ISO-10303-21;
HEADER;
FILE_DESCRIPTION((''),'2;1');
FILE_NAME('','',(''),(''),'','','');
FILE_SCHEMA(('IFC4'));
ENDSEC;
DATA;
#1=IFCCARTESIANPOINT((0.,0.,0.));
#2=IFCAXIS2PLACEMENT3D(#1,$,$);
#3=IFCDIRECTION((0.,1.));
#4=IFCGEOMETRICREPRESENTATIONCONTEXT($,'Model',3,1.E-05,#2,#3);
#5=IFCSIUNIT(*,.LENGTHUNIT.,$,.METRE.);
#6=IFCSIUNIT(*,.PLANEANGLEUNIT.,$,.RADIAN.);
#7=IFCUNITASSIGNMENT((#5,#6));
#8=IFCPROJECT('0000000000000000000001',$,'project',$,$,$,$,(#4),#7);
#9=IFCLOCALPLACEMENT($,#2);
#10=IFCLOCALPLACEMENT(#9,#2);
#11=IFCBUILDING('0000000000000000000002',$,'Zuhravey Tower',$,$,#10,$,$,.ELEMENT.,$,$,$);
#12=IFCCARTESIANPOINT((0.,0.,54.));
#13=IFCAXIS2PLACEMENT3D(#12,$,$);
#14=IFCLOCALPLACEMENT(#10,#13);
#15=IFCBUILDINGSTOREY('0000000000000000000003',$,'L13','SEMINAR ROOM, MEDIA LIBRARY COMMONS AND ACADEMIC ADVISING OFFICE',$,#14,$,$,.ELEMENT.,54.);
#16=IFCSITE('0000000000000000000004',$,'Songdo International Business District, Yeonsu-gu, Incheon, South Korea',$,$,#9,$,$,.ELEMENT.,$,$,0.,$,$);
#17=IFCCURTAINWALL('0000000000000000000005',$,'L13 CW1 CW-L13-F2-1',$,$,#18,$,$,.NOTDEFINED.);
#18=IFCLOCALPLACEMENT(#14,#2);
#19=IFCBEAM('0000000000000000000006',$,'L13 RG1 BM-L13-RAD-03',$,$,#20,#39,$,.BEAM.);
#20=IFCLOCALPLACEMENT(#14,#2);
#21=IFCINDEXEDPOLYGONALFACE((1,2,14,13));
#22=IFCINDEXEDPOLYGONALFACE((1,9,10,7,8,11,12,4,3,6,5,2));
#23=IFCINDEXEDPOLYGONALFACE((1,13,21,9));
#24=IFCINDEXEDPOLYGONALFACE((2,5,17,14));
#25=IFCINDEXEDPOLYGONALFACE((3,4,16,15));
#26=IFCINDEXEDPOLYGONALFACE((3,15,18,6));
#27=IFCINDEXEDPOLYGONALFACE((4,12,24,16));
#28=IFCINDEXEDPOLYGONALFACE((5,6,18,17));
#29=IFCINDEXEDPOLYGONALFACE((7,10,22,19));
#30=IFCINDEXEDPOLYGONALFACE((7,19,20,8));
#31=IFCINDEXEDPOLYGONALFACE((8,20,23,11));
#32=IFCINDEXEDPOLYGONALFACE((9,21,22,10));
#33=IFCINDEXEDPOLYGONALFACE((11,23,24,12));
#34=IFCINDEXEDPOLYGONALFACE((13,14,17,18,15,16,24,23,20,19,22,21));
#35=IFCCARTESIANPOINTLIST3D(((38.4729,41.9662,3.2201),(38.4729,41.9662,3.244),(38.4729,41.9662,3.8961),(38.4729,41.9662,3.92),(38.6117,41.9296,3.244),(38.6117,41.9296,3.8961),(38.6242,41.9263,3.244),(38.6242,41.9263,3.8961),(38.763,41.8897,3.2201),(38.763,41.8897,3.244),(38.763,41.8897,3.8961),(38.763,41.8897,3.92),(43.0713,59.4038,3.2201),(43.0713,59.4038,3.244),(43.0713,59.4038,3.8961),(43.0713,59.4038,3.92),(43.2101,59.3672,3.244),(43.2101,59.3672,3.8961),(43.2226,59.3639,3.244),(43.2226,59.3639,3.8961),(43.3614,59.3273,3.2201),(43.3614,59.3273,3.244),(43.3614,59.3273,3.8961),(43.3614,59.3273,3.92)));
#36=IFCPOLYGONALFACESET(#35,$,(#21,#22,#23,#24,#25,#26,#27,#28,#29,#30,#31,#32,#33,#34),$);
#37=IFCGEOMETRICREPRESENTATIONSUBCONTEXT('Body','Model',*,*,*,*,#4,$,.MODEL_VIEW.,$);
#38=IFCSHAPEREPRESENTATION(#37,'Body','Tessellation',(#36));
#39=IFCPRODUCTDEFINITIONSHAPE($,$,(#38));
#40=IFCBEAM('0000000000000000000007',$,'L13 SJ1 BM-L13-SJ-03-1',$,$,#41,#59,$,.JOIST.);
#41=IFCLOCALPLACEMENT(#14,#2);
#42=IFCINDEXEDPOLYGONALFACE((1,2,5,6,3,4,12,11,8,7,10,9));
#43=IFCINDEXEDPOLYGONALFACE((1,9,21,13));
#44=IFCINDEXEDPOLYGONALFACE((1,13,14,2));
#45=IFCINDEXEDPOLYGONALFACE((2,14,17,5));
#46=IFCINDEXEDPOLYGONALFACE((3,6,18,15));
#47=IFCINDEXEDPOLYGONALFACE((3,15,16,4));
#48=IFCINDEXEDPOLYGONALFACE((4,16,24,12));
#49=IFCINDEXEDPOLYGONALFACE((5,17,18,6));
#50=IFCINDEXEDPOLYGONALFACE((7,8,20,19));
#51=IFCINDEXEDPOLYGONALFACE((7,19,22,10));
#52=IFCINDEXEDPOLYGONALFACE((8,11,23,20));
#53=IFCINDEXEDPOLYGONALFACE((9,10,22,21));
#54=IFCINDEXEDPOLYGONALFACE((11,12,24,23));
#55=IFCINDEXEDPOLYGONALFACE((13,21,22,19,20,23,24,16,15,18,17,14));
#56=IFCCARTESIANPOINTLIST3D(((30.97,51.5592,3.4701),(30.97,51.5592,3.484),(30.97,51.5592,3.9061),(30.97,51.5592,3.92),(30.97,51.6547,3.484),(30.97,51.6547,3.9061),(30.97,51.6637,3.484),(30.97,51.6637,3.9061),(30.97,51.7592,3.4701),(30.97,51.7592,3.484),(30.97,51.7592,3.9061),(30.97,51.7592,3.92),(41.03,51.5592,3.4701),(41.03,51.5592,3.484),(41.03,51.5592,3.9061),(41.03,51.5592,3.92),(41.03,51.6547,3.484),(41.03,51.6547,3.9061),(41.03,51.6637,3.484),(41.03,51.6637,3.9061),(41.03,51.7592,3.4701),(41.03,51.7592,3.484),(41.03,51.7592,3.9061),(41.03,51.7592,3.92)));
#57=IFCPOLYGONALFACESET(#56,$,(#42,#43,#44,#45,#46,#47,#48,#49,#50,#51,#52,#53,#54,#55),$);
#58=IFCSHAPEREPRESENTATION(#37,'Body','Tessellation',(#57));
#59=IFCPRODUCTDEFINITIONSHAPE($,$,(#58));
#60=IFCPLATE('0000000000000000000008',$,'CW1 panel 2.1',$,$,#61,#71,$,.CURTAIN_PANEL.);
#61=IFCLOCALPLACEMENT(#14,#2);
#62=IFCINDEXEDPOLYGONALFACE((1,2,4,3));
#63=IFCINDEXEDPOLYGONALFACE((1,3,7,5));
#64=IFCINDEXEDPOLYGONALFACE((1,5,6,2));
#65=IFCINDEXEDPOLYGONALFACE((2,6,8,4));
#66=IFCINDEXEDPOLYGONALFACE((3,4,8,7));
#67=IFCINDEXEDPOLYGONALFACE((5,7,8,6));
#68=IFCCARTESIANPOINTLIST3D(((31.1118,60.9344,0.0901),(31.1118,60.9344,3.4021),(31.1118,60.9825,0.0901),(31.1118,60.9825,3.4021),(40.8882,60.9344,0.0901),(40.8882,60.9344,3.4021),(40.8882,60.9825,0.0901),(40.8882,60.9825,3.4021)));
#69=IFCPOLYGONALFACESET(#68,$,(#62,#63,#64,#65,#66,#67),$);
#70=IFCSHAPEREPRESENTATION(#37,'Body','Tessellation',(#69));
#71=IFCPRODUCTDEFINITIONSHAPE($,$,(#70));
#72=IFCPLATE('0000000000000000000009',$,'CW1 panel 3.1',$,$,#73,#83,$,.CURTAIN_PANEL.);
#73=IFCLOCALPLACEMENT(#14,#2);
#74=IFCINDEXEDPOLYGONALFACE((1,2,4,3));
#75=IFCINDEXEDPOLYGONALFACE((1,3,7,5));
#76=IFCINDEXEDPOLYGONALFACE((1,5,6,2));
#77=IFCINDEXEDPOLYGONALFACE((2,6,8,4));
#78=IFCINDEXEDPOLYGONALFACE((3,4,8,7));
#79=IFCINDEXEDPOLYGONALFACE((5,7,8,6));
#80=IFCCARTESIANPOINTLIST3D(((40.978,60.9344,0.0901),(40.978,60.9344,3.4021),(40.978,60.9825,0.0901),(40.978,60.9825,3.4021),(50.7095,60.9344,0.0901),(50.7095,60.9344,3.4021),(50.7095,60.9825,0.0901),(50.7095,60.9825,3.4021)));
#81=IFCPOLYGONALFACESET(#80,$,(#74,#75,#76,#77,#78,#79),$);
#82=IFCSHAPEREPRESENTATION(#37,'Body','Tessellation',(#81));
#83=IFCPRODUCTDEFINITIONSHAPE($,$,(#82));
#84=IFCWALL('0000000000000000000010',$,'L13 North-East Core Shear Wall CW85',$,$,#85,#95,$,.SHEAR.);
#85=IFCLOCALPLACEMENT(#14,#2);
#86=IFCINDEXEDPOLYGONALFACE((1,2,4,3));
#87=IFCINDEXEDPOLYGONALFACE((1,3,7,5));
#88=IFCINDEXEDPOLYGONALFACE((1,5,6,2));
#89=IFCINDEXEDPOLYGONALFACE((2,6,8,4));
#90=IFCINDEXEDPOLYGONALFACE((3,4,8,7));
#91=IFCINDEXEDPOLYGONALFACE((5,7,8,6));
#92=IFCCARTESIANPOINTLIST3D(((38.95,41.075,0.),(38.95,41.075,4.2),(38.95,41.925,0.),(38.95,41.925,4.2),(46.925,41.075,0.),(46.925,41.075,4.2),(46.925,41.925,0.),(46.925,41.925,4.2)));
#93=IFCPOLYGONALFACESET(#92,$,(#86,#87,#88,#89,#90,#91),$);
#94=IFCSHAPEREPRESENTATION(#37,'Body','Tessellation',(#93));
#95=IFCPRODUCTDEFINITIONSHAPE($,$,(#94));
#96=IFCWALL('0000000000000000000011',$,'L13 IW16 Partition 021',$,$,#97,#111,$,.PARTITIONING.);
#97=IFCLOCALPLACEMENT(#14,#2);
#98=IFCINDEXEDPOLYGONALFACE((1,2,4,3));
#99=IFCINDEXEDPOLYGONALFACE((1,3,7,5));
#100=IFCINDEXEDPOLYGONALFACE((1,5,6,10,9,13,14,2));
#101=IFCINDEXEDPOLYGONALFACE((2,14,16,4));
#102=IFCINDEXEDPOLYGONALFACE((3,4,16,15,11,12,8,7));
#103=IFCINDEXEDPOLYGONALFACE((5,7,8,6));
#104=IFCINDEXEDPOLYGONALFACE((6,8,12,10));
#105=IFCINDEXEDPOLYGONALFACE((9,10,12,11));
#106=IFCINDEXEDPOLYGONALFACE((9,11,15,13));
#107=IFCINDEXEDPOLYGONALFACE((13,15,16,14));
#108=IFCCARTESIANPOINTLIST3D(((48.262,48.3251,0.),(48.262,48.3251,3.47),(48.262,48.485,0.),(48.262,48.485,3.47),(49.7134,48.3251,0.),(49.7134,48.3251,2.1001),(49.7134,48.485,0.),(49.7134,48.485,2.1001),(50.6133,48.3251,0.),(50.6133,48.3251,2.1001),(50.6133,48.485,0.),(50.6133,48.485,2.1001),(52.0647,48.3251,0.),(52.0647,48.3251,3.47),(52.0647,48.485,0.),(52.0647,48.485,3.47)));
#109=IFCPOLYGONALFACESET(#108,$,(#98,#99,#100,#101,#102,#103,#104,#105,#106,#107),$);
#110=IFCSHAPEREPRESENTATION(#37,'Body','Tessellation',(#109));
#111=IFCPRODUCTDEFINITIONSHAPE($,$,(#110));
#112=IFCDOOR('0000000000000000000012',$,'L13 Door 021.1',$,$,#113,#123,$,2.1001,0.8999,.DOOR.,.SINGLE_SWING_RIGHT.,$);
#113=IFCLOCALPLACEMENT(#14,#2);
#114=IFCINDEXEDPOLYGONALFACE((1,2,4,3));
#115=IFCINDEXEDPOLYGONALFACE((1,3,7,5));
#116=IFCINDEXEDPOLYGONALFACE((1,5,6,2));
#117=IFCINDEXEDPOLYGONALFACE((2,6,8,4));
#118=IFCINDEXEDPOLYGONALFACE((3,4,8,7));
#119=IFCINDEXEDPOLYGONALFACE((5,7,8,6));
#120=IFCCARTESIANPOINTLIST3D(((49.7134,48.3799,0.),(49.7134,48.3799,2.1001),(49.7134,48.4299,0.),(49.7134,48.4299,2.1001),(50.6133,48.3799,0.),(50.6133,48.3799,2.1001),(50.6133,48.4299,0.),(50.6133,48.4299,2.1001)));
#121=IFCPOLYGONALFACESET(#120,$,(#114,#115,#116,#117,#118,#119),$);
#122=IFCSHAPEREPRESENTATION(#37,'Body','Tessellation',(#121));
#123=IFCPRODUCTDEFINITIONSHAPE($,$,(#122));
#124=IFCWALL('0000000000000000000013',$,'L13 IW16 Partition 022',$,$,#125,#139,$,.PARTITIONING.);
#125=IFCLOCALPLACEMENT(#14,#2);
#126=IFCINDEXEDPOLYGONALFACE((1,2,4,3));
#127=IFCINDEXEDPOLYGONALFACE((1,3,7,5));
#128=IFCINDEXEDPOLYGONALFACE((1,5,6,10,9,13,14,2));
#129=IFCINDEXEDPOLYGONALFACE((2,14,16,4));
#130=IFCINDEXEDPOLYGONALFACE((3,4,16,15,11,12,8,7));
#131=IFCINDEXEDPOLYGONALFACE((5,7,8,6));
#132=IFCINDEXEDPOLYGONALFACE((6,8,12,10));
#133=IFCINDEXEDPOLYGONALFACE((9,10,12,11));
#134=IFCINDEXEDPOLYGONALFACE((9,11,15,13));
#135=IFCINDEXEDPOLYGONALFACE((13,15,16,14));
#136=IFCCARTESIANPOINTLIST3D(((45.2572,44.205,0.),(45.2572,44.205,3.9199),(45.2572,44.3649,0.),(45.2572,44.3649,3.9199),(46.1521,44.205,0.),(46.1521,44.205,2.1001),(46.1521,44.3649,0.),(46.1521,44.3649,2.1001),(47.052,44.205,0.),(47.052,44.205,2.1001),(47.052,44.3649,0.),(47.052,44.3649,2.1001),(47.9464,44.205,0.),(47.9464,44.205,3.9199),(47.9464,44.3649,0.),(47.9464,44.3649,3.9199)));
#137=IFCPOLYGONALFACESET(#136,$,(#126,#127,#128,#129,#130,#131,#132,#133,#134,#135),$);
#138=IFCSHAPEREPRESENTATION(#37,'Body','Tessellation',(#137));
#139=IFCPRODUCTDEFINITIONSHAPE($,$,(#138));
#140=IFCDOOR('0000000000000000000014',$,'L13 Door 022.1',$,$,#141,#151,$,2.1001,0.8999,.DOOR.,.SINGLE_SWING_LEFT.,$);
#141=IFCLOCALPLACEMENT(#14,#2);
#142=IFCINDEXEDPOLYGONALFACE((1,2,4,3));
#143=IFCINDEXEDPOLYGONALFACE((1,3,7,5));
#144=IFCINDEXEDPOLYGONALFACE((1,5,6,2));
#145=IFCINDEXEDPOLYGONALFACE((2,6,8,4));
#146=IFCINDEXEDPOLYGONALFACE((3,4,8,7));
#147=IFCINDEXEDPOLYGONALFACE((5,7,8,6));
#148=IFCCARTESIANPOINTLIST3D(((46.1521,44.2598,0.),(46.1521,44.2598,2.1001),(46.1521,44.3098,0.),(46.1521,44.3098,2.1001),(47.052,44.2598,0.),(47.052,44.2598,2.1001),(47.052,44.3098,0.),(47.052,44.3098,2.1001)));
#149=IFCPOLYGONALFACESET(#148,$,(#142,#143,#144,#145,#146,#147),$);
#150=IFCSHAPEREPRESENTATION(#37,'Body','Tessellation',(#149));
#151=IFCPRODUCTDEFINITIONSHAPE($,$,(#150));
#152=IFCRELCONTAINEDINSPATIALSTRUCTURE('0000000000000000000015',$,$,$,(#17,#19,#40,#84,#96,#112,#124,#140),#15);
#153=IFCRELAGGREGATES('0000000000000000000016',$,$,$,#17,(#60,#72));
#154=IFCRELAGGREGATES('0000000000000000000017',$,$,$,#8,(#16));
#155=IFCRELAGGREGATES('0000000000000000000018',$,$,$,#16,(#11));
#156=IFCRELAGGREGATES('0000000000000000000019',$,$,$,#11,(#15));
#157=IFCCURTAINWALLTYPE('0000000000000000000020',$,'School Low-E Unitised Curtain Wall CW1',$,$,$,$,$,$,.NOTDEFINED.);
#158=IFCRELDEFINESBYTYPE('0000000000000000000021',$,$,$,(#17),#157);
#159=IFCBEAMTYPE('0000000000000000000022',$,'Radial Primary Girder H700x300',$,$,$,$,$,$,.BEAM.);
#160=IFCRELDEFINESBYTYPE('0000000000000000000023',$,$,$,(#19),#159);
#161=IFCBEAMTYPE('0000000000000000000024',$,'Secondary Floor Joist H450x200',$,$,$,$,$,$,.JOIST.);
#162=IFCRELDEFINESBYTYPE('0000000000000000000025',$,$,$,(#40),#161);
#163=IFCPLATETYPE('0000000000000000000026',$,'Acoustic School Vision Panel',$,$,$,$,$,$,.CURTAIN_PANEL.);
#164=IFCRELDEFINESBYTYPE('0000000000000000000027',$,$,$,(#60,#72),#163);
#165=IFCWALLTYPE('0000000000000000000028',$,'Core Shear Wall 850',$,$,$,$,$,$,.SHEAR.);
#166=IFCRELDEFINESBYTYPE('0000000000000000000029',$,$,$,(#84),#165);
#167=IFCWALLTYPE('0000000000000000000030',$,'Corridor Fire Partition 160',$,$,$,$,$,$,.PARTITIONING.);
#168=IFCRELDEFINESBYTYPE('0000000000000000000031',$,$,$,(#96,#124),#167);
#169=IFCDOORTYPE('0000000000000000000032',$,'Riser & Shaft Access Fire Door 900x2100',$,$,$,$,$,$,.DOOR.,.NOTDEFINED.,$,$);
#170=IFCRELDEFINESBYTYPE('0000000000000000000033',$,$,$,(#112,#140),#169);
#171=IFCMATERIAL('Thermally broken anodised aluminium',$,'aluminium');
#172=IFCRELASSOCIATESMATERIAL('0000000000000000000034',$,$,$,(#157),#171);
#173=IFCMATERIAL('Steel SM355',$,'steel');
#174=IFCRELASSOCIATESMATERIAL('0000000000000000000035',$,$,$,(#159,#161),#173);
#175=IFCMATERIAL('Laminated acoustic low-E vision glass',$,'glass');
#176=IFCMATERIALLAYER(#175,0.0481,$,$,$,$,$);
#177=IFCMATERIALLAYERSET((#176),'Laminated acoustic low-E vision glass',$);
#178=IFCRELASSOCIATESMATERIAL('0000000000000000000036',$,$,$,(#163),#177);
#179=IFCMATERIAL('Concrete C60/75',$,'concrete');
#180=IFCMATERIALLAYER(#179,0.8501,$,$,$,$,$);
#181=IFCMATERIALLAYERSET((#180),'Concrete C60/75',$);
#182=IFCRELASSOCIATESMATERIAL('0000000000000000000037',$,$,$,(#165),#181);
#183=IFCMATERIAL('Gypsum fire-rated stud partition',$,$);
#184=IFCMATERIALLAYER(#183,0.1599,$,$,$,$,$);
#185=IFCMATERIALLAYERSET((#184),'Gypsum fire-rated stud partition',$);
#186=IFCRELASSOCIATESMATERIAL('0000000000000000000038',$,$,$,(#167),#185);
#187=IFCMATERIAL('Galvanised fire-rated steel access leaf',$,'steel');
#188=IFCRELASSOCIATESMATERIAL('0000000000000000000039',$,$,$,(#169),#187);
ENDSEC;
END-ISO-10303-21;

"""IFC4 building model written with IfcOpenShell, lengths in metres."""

from ifc_helpers import new_model, si_unit, direction, frame, frame_2d, origin, origin_2d, place, context, subcontext, project, spatial, rectangle, i_section, extrude, material, layer, layer_set, material_profile, profile_set, type_object, element, fill, aggregate, save


model = new_model("IFC4")

# Units and contexts
model_context = context("Model", 3, precision=1e-05, world=origin(), true_north=direction((0.0, 1.0)))
body_context = subcontext(model_context, "Body", "Model", "MODEL_VIEW")
ifc_project = project(units=[si_unit("LENGTHUNIT", "METRE"), si_unit("PLANEANGLEUNIT", "RADIAN")], contexts=[model_context])

# Site, building, storey
site_placement = place(None, origin())
site = spatial("IfcSite", under=ifc_project, at=site_placement, Name="Songdo International Business District, Yeonsu-gu, Incheon, South Korea", CompositionType="ELEMENT", RefElevation=0.0)
building_placement = place(site_placement, origin())
building = spatial("IfcBuilding", under=site, at=building_placement, Name="Zuhravey Tower", CompositionType="ELEMENT")
storey_placement = place(building_placement, frame((0.0, 0.0, 54.0)))
storey = spatial("IfcBuildingStorey", under=building, at=storey_placement, Name="L13", Description="SEMINAR ROOM, MEDIA LIBRARY COMMONS AND ACADEMIC ADVISING OFFICE", CompositionType="ELEMENT", Elevation=54.0)

# Shared definitions
ifc_material_1 = material(Name="Concrete C60/75", Category="concrete")

# Curtain wall
ifc_material_2 = material(Name="Thermally broken anodised aluminium", Category="aluminium")
curtain_wall_type = type_object("IfcCurtainWallType", Name="School Low-E Unitised Curtain Wall CW1", PredefinedType="NOTDEFINED", material=ifc_material_2)
curtain_wall_placement = place(storey_placement, origin())
curtain_wall = element("IfcCurtainWall", 1, at=curtain_wall_placement, inside=storey, type_object=curtain_wall_type, Name="L13 CW1 CW-L13-F2-1", PredefinedType="NOTDEFINED")

# Beams
ifc_material_3 = material(Name="Steel SM355", Category="steel")
ifc_material_profile_1 = material_profile(ifc_material_3, i_section(OverallWidth=0.3, OverallDepth=0.7, WebThickness=0.0129, FlangeThickness=0.0239, at=origin_2d()), Name="H-700x300x13x24")
ifc_profile_set_1 = profile_set([ifc_material_profile_1], Name="Steel SM355")
beam_type_1 = type_object("IfcBeamType", Name="Radial Primary Girder H700x300", PredefinedType="BEAM", material=ifc_profile_set_1)
beam_1_placement = place(storey_placement, frame((38.6179, 41.928, 3.5701), z_axis=(0.25499, 0.966944, 0.0), x_axis=(-0.966944, 0.25499, 0.0)))
element("IfcBeam", 2, at=beam_1_placement, inside=storey, type_object=beam_type_1, Name="L13 RG1 BM-L13-RAD-03", PredefinedType="BEAM", context=body_context, shape_type="SweptSolid", body=[
    extrude(i_section(OverallWidth=0.3, OverallDepth=0.7, WebThickness=0.0129, FlangeThickness=0.0239, at=origin_2d()), origin(), (0.0, 0.0, 1.0), 18.0337),
])
ifc_material_profile_2 = material_profile(ifc_material_3, i_section(OverallWidth=0.2, OverallDepth=0.45, WebThickness=0.009, FlangeThickness=0.0139, at=origin_2d()), Name="H-450x200x9x14")
ifc_profile_set_2 = profile_set([ifc_material_profile_2], Name="Steel SM355")
beam_type_2 = type_object("IfcBeamType", Name="Secondary Floor Joist H450x200", PredefinedType="JOIST", material=ifc_profile_set_2)
beam_2_placement = place(storey_placement, frame((41.03, 51.6592, 3.6951), z_axis=(-1.0, 0.0, 0.0), x_axis=(0.0, -1.0, 0.0)))
element("IfcBeam", 3, at=beam_2_placement, inside=storey, type_object=beam_type_2, Name="L13 SJ1 BM-L13-SJ-03-1", PredefinedType="JOIST", context=body_context, shape_type="SweptSolid", body=[
    extrude(i_section(OverallWidth=0.2, OverallDepth=0.45, WebThickness=0.009, FlangeThickness=0.0139, at=origin_2d()), origin(), (0.0, 0.0, 1.0), 10.0601),
])

# Plates
ifc_material_4 = material(Name="Laminated acoustic low-E vision glass", Category="glass")
ifc_layer_1 = layer(ifc_material_4, 0.0481)
ifc_layer_set_1 = layer_set([ifc_layer_1], Name="Laminated acoustic low-E vision glass")
plate_type = type_object("IfcPlateType", Name="Acoustic School Vision Panel", PredefinedType="CURTAIN_PANEL", material=ifc_layer_set_1)
plate_1_placement = place(storey_placement, frame((36.0, 60.9585, 0.0901), z_axis=(0.0, 0.0, 1.0), x_axis=(1.0, 0.0, 0.0)))
plate_1 = element("IfcPlate", 4, at=plate_1_placement, type_object=plate_type, Name="CW1 panel 2.1", PredefinedType="CURTAIN_PANEL", context=body_context, shape_type="SweptSolid", body=[
    extrude(rectangle(XDim=9.7764, YDim=0.0481, at=origin_2d()), origin(), (0.0, 0.0, 1.0), 3.312),
])
plate_2_placement = place(storey_placement, frame((45.8438, 60.9585, 0.0901), z_axis=(0.0, 0.0, 1.0), x_axis=(1.0, 0.0, 0.0)))
plate_2 = element("IfcPlate", 5, at=plate_2_placement, type_object=plate_type, Name="CW1 panel 3.1", PredefinedType="CURTAIN_PANEL", context=body_context, shape_type="SweptSolid", body=[
    extrude(rectangle(XDim=9.7314, YDim=0.0481, at=origin_2d()), origin(), (0.0, 0.0, 1.0), 3.312),
])
aggregate(curtain_wall, [plate_1, plate_2])

# Wall
ifc_layer_2 = layer(ifc_material_1, 0.8501)
ifc_layer_set_2 = layer_set([ifc_layer_2], Name="Concrete C60/75")
wall_type_1 = type_object("IfcWallType", Name="Core Shear Wall 850", PredefinedType="SHEAR", material=ifc_layer_set_2)
wall_1_placement = place(storey_placement, frame((46.925, 41.5, 0.0), z_axis=(0.0, 0.0, 1.0), x_axis=(-1.0, 0.0, 0.0)))
element("IfcWall", 6, at=wall_1_placement, inside=storey, type_object=wall_type_1, Name="L13 North-East Core Shear Wall CW85", PredefinedType="SHEAR", context=body_context, shape_type="SweptSolid", body=[
    extrude(rectangle(XDim=7.9751, YDim=0.8501, at=frame_2d((3.9875, 0.0))), origin(), (0.0, 0.0, 1.0), 4.2),
])

# Walls, openings, doors
ifc_material_5 = material(Name="Gypsum fire-rated stud partition")
ifc_layer_3 = layer(ifc_material_5, 0.1599)
ifc_layer_set_3 = layer_set([ifc_layer_3], Name="Gypsum fire-rated stud partition")
wall_type_2 = type_object("IfcWallType", Name="Corridor Fire Partition 160", PredefinedType="PARTITIONING", material=ifc_layer_set_3)
wall_2_placement = place(storey_placement, frame((48.262, 48.405, 0.0), z_axis=(0.0, 0.0, 1.0), x_axis=(1.0, 0.0, 0.0)))
wall_2 = element("IfcWall", 7, at=wall_2_placement, inside=storey, type_object=wall_type_2, Name="L13 IW16 Partition 021", PredefinedType="PARTITIONING", context=body_context, shape_type="SweptSolid", body=[
    extrude(rectangle(XDim=3.8027, YDim=0.1599, at=frame_2d((1.9014, 0.0))), origin(), (0.0, 0.0, 1.0), 3.47),
])
opening_1_placement = place(wall_2_placement, frame((1.4514, 0.0, 0.0)))
opening_1 = element("IfcOpeningElement", 8, at=opening_1_placement, cuts=wall_2, PredefinedType="OPENING", context=body_context, shape_type="SweptSolid", body=[
    extrude(rectangle(XDim=0.8999, YDim=2.1001, at=frame_2d((0.45, 1.05))), frame((0.0, 0.092, 0.0), z_axis=(0.0, -1.0, 0.0), x_axis=(1.0, 0.0, 0.0)), (0.0, 0.0, 1.0), 0.1838),
])
ifc_material_6 = material(Name="Galvanised fire-rated steel access leaf", Category="steel")
door_type_1 = type_object("IfcDoorType", Name="Riser & Shaft Access Fire Door 900x2100", OperationType="NOTDEFINED", PredefinedType="DOOR", material=ifc_material_6)
door_1_placement = place(opening_1_placement, origin())
door_1 = element("IfcDoor", 9, at=door_1_placement, inside=storey, type_object=door_type_1, Name="L13 Door 021.1", OperationType="SINGLE_SWING_RIGHT", OverallHeight=2.1001, OverallWidth=0.8999, PredefinedType="DOOR", context=body_context, shape_type="SweptSolid", body=[
    extrude(rectangle(XDim=0.8999, YDim=2.1001, at=frame_2d((0.45, 1.05))), frame((0.0, 0.0249, 0.0), z_axis=(0.0, -1.0, 0.0), x_axis=(1.0, 0.0, 0.0)), (0.0, 0.0, 1.0), 0.05),
])
fill(opening_1, door_1)
wall_3_placement = place(storey_placement, frame((47.9465, 44.2849, 0.0), z_axis=(0.0, 0.0, 1.0), x_axis=(-1.0, 0.0, 0.0)))
wall_3 = element("IfcWall", 10, at=wall_3_placement, inside=storey, type_object=wall_type_2, Name="L13 IW16 Partition 022", PredefinedType="PARTITIONING", context=body_context, shape_type="SweptSolid", body=[
    extrude(rectangle(XDim=2.6892, YDim=0.1599, at=frame_2d((1.3447, 0.0))), origin(), (0.0, 0.0, 1.0), 3.9199),
])
opening_2_placement = place(wall_3_placement, frame((0.8945, 0.0, 0.0)))
opening_2 = element("IfcOpeningElement", 11, at=opening_2_placement, cuts=wall_3, PredefinedType="OPENING", context=body_context, shape_type="SweptSolid", body=[
    extrude(rectangle(XDim=0.8999, YDim=2.1001, at=frame_2d((0.45, 1.05))), frame((0.0, 0.092, 0.0), z_axis=(0.0, -1.0, 0.0), x_axis=(1.0, 0.0, 0.0)), (0.0, 0.0, 1.0), 0.1838),
])
door_2_placement = place(opening_2_placement, frame((0.8999, 0.0, 0.0), z_axis=(0.0, 0.0, 1.0), x_axis=(-1.0, 0.0, 0.0)))
door_2 = element("IfcDoor", 12, at=door_2_placement, inside=storey, type_object=door_type_1, Name="L13 Door 022.1", OperationType="SINGLE_SWING_LEFT", OverallHeight=2.1001, OverallWidth=0.8999, PredefinedType="DOOR", context=body_context, shape_type="SweptSolid", body=[
    extrude(rectangle(XDim=0.8999, YDim=2.1001, at=frame_2d((0.45, 1.05))), frame((0.0, 0.0249, 0.0), z_axis=(0.0, -1.0, 0.0), x_axis=(1.0, 0.0, 0.0)), (0.0, 0.0, 1.0), 0.05),
])
fill(opening_2, door_2)

save(model, "model.ifc")
